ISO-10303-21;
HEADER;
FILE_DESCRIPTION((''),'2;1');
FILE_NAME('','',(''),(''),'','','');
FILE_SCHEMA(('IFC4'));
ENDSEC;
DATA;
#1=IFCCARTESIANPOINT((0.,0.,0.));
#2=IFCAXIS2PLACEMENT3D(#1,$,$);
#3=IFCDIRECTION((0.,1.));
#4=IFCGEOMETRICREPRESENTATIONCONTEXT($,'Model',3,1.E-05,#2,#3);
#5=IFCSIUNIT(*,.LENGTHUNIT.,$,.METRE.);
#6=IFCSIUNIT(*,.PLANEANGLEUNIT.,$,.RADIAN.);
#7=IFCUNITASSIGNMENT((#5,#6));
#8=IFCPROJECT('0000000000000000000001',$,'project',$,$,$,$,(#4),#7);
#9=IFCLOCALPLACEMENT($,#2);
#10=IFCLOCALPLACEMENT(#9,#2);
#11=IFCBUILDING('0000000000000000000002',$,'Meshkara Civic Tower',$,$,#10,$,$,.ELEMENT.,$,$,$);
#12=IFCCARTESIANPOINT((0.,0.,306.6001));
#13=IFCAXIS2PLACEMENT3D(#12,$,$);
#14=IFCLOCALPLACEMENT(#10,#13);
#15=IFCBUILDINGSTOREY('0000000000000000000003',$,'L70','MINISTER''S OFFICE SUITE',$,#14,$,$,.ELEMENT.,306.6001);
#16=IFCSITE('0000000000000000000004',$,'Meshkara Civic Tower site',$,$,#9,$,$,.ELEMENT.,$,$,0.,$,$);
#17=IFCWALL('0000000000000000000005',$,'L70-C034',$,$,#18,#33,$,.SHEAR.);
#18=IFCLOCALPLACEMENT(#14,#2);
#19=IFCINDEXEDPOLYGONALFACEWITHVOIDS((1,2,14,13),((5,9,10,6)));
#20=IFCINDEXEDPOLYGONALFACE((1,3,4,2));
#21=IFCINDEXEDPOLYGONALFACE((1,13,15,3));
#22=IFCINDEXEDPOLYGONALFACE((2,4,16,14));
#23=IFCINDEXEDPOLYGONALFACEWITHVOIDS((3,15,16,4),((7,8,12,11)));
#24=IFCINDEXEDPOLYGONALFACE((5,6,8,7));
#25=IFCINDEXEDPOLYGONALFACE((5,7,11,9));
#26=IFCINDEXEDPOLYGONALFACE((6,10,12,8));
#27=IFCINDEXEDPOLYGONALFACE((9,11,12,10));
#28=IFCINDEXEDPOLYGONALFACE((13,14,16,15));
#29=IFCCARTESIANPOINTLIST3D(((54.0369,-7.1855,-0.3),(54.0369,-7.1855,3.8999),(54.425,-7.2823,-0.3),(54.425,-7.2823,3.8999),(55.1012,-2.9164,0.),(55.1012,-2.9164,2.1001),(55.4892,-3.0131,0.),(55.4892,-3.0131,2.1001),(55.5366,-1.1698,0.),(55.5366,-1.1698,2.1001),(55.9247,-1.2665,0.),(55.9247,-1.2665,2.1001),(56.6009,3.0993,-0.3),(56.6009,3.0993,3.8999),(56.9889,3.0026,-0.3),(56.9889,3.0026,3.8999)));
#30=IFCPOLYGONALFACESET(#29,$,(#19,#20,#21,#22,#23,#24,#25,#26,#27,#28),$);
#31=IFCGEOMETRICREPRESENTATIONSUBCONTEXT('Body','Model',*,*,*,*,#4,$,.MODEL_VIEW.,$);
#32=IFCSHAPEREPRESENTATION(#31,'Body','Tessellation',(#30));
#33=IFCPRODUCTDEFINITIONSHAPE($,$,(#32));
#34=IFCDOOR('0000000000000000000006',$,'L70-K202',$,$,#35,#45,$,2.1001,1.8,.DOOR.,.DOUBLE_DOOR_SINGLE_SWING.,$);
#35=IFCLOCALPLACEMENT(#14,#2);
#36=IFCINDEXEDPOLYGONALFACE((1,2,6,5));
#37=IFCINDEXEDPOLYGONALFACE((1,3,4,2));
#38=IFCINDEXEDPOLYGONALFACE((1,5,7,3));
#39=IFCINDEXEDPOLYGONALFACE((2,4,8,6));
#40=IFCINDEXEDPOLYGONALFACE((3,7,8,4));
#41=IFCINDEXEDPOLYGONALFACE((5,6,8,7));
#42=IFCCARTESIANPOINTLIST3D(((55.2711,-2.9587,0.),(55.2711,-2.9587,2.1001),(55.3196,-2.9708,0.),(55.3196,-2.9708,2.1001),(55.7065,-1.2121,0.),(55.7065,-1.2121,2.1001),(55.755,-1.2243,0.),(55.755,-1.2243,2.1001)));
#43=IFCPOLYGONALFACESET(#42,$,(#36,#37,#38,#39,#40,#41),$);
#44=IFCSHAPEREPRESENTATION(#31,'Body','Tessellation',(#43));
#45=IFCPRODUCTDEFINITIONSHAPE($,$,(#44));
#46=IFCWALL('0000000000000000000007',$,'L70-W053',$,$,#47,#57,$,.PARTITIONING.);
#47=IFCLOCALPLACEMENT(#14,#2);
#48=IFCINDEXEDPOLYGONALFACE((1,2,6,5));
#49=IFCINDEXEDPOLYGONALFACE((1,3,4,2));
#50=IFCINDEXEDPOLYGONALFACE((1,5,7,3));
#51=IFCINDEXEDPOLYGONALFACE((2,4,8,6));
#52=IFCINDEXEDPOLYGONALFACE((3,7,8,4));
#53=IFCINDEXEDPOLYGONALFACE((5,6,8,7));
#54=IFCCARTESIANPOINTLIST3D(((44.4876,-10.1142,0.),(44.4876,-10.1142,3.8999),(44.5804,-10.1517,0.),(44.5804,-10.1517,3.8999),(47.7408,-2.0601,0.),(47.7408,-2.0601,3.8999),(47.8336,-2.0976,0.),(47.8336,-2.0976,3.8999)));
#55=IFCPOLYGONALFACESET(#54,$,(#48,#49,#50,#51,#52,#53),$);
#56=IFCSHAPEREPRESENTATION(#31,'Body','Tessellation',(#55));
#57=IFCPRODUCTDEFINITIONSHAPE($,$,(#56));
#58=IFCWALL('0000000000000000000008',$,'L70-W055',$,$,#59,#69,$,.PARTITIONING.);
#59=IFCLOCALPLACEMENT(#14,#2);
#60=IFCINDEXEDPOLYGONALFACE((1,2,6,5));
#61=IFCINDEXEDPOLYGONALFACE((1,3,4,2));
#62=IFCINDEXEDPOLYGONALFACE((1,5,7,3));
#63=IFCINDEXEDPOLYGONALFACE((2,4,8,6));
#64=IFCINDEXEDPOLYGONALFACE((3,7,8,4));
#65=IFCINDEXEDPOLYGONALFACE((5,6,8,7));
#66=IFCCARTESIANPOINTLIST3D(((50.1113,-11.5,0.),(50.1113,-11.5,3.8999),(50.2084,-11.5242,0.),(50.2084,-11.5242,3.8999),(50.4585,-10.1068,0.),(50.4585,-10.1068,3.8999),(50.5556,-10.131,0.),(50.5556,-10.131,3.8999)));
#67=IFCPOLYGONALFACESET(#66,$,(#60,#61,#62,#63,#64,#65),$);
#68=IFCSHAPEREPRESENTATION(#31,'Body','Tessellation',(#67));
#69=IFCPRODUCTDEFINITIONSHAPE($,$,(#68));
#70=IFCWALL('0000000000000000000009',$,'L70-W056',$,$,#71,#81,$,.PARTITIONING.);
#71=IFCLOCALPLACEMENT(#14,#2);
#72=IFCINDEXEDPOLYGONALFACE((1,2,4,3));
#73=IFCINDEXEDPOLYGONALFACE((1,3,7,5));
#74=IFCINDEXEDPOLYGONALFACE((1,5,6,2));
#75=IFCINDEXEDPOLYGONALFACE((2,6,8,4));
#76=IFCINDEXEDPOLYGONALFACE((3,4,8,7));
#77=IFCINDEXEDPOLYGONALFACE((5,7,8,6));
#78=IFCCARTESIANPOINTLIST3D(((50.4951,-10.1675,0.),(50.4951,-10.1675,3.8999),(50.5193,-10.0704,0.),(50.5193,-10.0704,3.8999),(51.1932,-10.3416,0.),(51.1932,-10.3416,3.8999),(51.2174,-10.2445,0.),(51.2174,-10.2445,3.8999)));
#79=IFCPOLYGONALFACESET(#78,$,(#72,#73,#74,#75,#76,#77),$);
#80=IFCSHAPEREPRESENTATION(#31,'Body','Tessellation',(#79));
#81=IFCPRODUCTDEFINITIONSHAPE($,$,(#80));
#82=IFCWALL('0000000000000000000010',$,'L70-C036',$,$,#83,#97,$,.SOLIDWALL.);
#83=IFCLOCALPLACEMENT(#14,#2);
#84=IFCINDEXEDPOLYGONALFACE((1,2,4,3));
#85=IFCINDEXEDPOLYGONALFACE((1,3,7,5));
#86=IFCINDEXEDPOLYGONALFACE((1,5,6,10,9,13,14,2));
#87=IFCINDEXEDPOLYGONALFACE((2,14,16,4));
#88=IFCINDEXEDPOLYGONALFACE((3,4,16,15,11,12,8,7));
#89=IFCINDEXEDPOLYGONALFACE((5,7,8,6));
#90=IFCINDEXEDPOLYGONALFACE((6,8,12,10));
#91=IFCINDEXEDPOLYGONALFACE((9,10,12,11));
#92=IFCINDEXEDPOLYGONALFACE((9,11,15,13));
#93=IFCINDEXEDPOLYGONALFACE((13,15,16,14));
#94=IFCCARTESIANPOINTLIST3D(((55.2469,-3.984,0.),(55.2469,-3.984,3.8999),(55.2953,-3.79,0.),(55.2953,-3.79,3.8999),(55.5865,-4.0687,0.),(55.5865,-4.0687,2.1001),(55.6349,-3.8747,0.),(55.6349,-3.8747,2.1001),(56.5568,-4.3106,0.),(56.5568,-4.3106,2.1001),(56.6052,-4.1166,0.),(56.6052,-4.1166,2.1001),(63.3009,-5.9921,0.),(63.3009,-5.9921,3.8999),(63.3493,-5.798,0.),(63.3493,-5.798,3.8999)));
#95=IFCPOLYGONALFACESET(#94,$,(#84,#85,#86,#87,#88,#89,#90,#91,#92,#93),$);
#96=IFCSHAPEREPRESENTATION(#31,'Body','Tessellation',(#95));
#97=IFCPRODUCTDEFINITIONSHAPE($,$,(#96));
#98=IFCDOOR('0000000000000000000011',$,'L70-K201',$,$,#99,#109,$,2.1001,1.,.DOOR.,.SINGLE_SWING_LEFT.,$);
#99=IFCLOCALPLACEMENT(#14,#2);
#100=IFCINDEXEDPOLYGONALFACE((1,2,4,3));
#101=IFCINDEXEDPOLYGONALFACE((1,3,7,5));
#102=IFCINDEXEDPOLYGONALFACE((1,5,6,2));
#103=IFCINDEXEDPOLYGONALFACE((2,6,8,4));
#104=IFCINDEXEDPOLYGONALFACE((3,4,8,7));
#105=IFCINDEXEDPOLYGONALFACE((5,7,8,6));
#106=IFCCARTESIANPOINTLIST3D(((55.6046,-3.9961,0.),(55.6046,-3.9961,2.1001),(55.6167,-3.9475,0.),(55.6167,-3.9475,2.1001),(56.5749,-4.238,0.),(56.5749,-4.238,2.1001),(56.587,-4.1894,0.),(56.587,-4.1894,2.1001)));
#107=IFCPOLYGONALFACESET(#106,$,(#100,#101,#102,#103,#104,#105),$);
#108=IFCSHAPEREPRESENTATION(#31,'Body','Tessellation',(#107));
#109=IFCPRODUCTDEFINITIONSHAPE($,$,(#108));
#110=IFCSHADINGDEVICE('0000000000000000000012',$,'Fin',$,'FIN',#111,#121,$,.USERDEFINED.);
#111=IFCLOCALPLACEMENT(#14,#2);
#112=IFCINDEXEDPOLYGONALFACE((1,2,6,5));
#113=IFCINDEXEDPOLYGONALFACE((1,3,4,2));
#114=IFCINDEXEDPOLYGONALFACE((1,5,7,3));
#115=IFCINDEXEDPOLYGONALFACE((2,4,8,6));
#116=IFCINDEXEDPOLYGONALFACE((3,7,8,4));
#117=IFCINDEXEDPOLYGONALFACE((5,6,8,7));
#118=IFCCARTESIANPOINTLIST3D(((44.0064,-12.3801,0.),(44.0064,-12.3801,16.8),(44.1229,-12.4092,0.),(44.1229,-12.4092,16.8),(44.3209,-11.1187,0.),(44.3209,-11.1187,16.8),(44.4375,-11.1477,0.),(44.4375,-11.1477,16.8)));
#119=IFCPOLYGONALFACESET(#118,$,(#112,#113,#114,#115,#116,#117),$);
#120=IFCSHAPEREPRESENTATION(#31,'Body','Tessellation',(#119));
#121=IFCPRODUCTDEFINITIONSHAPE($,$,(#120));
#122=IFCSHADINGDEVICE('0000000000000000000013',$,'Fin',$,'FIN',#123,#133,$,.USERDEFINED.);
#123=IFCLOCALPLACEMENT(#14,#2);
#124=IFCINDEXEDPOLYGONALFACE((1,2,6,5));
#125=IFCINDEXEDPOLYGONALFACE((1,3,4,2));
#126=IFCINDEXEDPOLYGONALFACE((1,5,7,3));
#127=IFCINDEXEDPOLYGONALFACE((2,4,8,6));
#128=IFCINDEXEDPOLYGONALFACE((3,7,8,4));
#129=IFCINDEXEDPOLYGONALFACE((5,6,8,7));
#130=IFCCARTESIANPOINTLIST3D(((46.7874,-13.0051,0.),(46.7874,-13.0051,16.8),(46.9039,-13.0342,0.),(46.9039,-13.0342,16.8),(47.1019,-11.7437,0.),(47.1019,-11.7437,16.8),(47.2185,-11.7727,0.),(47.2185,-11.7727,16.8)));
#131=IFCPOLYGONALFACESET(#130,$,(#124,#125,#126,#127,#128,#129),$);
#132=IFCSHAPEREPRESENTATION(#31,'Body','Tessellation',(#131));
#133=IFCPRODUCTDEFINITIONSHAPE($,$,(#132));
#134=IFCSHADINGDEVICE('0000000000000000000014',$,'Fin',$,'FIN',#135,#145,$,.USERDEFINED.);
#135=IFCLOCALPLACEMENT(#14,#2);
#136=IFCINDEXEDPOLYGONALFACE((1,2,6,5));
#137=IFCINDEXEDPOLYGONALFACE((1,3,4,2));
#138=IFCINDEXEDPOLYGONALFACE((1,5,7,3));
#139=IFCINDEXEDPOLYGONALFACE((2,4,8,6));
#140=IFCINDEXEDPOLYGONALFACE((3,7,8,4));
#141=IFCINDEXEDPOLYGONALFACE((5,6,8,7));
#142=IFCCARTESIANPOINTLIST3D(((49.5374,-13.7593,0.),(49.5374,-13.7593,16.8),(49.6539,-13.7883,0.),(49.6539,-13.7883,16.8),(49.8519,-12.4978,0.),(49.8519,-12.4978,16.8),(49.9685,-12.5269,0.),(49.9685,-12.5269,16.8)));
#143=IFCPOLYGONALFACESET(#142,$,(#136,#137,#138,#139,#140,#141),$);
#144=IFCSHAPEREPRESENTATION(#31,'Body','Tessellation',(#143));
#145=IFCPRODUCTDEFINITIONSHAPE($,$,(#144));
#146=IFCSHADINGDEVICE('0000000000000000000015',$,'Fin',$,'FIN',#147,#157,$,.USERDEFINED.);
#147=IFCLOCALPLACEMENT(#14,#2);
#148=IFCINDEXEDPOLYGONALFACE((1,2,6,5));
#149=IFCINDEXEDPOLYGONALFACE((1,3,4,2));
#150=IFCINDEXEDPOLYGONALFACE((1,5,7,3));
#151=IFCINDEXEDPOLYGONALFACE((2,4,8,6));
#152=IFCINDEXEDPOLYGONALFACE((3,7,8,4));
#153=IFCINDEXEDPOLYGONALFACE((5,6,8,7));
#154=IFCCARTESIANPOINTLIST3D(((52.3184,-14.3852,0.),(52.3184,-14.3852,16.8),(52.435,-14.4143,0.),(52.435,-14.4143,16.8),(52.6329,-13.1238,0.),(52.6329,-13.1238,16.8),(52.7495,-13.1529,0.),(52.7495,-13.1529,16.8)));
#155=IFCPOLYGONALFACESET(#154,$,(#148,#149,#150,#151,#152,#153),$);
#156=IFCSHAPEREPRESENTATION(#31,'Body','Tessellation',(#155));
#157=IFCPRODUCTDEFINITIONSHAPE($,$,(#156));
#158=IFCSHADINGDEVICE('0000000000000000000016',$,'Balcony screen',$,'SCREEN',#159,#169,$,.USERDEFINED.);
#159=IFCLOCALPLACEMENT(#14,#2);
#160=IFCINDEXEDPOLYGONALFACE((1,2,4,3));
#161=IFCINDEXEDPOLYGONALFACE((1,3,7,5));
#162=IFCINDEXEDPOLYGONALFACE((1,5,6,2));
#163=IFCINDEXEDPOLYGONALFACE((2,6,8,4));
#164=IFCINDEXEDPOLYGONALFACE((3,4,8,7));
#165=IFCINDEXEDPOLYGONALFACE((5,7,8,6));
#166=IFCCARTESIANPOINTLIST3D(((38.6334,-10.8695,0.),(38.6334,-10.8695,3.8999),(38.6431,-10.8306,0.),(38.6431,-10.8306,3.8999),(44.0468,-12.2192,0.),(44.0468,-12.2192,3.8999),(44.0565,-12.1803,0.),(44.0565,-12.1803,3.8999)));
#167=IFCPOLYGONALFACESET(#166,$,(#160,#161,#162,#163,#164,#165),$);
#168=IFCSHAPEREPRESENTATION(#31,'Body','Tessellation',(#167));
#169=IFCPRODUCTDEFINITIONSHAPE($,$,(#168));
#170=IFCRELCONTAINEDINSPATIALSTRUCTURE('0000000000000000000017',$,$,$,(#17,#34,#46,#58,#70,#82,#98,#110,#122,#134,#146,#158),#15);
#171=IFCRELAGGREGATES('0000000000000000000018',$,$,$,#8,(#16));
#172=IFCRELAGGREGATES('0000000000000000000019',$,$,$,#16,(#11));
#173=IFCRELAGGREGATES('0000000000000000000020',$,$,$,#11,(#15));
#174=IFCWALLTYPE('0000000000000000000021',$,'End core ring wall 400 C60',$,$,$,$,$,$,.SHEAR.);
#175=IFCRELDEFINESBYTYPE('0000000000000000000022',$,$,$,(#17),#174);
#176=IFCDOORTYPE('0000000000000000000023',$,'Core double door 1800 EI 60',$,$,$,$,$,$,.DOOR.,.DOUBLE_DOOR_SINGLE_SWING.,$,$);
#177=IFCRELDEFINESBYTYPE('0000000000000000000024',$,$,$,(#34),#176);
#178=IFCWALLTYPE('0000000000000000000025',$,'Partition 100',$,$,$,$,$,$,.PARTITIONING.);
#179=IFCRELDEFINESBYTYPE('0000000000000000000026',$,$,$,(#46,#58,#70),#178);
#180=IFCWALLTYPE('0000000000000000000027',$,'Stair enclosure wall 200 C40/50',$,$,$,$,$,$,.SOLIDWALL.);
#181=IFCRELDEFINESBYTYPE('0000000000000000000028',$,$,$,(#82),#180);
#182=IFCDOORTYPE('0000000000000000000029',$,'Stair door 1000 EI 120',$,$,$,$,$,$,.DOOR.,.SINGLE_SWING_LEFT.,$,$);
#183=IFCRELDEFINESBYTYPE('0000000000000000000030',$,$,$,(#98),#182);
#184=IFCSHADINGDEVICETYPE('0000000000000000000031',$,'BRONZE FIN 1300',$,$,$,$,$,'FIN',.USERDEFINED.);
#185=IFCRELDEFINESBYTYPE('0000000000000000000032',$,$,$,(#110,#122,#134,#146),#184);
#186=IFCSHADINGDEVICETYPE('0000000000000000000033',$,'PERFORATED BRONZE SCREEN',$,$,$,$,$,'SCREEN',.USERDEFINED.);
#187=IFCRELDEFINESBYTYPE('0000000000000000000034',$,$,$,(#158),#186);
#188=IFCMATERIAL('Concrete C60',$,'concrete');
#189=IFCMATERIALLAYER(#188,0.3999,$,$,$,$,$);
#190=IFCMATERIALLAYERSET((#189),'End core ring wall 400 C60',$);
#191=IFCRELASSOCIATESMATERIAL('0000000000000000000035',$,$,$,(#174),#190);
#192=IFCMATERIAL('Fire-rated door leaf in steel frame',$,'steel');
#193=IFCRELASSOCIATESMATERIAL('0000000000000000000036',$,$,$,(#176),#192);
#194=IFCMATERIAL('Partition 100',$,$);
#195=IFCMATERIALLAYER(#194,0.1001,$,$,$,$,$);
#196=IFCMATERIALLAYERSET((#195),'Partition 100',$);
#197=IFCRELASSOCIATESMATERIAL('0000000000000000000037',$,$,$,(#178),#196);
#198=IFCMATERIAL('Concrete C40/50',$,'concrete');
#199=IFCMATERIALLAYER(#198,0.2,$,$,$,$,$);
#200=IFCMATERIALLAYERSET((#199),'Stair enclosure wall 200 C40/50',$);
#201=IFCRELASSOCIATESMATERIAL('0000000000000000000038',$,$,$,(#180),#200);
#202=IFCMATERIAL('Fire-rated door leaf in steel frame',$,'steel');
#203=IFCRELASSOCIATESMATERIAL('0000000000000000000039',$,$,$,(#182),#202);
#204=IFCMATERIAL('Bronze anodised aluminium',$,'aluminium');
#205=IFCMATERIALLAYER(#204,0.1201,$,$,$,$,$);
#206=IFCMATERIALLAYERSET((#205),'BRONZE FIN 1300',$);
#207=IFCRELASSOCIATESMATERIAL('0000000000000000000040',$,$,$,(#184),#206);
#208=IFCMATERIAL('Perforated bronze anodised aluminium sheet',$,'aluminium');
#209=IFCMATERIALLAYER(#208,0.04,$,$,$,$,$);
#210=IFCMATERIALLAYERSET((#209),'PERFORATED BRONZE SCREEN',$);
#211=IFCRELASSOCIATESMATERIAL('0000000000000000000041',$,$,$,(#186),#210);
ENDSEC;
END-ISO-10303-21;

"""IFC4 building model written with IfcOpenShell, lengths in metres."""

from ifc_helpers import new_model, si_unit, direction, frame, frame_2d, origin, origin_2d, place, context, subcontext, project, spatial, rectangle, extrude, material, layer, layer_set, type_object, element, fill, save


model = new_model("IFC4")

# Units and contexts
model_context = context("Model", 3, precision=1e-05, world=origin(), true_north=direction((0.0, 1.0)))
body_context = subcontext(model_context, "Body", "Model", "MODEL_VIEW")
ifc_project = project(units=[si_unit("LENGTHUNIT", "METRE"), si_unit("PLANEANGLEUNIT", "RADIAN")], contexts=[model_context])

# Site, building, storey
site_placement = place(None, origin())
site = spatial("IfcSite", under=ifc_project, at=site_placement, Name="Meshkara Civic Tower site", CompositionType="ELEMENT", RefElevation=0.0)
building_placement = place(site_placement, origin())
building = spatial("IfcBuilding", under=site, at=building_placement, Name="Meshkara Civic Tower", CompositionType="ELEMENT")
storey_placement = place(building_placement, frame((0.0, 0.0, 306.6001)))
storey = spatial("IfcBuildingStorey", under=building, at=storey_placement, Name="L70", Description="MINISTER'S OFFICE SUITE", CompositionType="ELEMENT", Elevation=306.6001)

# Shared definitions
ifc_material_1 = material(Name="Concrete C60", Category="concrete")
ifc_layer_1 = layer(ifc_material_1, 0.3999)
ifc_layer_set_1 = layer_set([ifc_layer_1], Name="End core ring wall 400 C60")
wall_type_1 = type_object("IfcWallType", Name="End core ring wall 400 C60", PredefinedType="SHEAR", material=ifc_layer_set_1)

# Wall, opening, door
wall_1_placement = place(storey_placement, frame((54.231, -7.2339, -0.3), z_axis=(0.0, 0.0, 1.0), x_axis=(0.241891, 0.970304, 0.0)))
wall_1 = element("IfcWall", 1, at=wall_1_placement, inside=storey, type_object=wall_type_1, Name="L70-C034", PredefinedType="SHEAR", context=body_context, shape_type="SweptSolid", body=[
    extrude(rectangle(XDim=10.5996, YDim=0.3999, at=frame_2d((5.2998, 0.0))), origin(), (0.0, 0.0, 1.0), 4.2),
])
opening_1_placement = place(wall_1_placement, frame((4.3999, 0.0, 0.3)))
opening_1 = element("IfcOpeningElement", 2, at=opening_1_placement, cuts=wall_1, PredefinedType="OPENING", context=body_context, shape_type="SweptSolid", body=[
    extrude(rectangle(XDim=1.8, YDim=2.1001, at=frame_2d((0.8999, 1.05))), frame((0.0, 0.21, 0.0), z_axis=(0.0, -1.0, 0.0), x_axis=(1.0, 0.0, 0.0)), (0.0, 0.0, 1.0), 0.4199),
])
ifc_material_2 = material(Name="Fire-rated door leaf in steel frame", Category="steel")
door_type_1 = type_object("IfcDoorType", Name="Core double door 1800 EI 60", OperationType="DOUBLE_DOOR_SINGLE_SWING", PredefinedType="DOOR", material=ifc_material_2)
door_1_placement = place(opening_1_placement, origin())
door_1 = element("IfcDoor", 3, at=door_1_placement, inside=storey, type_object=door_type_1, Name="L70-K202", OperationType="DOUBLE_DOOR_SINGLE_SWING", OverallHeight=2.1001, OverallWidth=1.8, PredefinedType="DOOR", context=body_context, shape_type="SweptSolid", body=[
    extrude(rectangle(XDim=1.8, YDim=2.1001, at=frame_2d((0.8999, 1.05))), frame((0.0, 0.0249, 0.0), z_axis=(0.0, -1.0, 0.0), x_axis=(1.0, 0.0, 0.0)), (0.0, 0.0, 1.0), 0.05),
])
fill(opening_1, door_1)

# Walls
ifc_material_3 = material(Name="Partition 100")
ifc_layer_2 = layer(ifc_material_3, 0.1001)
ifc_layer_set_2 = layer_set([ifc_layer_2], Name="Partition 100")
wall_type_2 = type_object("IfcWallType", Name="Partition 100", PredefinedType="PARTITIONING", material=ifc_layer_set_2)
wall_2_placement = place(storey_placement, frame((44.5339, -10.1331, 0.0), z_axis=(0.0, 0.0, 1.0), x_axis=(0.374524, 0.927217, 0.0)))
element("IfcWall", 4, at=wall_2_placement, inside=storey, type_object=wall_type_2, Name="L70-W053", PredefinedType="PARTITIONING", context=body_context, shape_type="SweptSolid", body=[
    extrude(rectangle(XDim=8.6863, YDim=0.1001, at=frame_2d((4.3433, 0.0))), origin(), (0.0, 0.0, 1.0), 3.8999),
])
wall_3_placement = place(storey_placement, frame((50.1599, -11.512, 0.0), z_axis=(0.0, 0.0, 1.0), x_axis=(0.241815, 0.970322, 0.0)))
element("IfcWall", 5, at=wall_3_placement, inside=storey, type_object=wall_type_2, Name="L70-W055", PredefinedType="PARTITIONING", context=body_context, shape_type="SweptSolid", body=[
    extrude(rectangle(XDim=1.4358, YDim=0.1001, at=frame_2d((0.7178, 0.0))), origin(), (0.0, 0.0, 1.0), 3.8999),
])
wall_4_placement = place(storey_placement, frame((50.5071, -10.1189, 0.0), z_axis=(0.0, 0.0, 1.0), x_axis=(0.970282, -0.241977, 0.0)))
element("IfcWall", 6, at=wall_4_placement, inside=storey, type_object=wall_type_2, Name="L70-W056", PredefinedType="PARTITIONING", context=body_context, shape_type="SweptSolid", body=[
    extrude(rectangle(XDim=0.7195, YDim=0.1001, at=frame_2d((0.3599, 0.0))), origin(), (0.0, 0.0, 1.0), 3.8999),
])

# Wall, opening, door
ifc_material_4 = material(Name="Concrete C40/50", Category="concrete")
ifc_layer_3 = layer(ifc_material_4, 0.2)
ifc_layer_set_3 = layer_set([ifc_layer_3], Name="Stair enclosure wall 200 C40/50")
wall_type_3 = type_object("IfcWallType", Name="Stair enclosure wall 200 C40/50", PredefinedType="SOLIDWALL", material=ifc_layer_set_3)
wall_5_placement = place(storey_placement, frame((55.271, -3.887, 0.0), z_axis=(0.0, 0.0, 1.0), x_axis=(0.970296, -0.24192, 0.0)))
wall_5 = element("IfcWall", 7, at=wall_5_placement, inside=storey, type_object=wall_type_3, Name="L70-C036", PredefinedType="SOLIDWALL", context=body_context, shape_type="SweptSolid", body=[
    extrude(rectangle(XDim=8.3005, YDim=0.2, at=frame_2d((4.1504, 0.0))), origin(), (0.0, 0.0, 1.0), 3.8999),
])
opening_2_placement = place(wall_5_placement, frame((0.3501, 0.0, 0.0)))
opening_2 = element("IfcOpeningElement", 8, at=opening_2_placement, cuts=wall_5, PredefinedType="OPENING", context=body_context, shape_type="SweptSolid", body=[
    extrude(rectangle(XDim=1.0, YDim=2.1001, at=frame_2d((0.5, 1.05))), frame((0.0, 0.1099, 0.0), z_axis=(0.0, -1.0, 0.0), x_axis=(1.0, 0.0, 0.0)), (0.0, 0.0, 1.0), 0.22),
])
ifc_material_5 = material(Name="Fire-rated door leaf in steel frame", Category="steel")
door_type_2 = type_object("IfcDoorType", Name="Stair door 1000 EI 120", OperationType="SINGLE_SWING_LEFT", PredefinedType="DOOR", material=ifc_material_5)
door_2_placement = place(opening_2_placement, origin())
door_2 = element("IfcDoor", 9, at=door_2_placement, inside=storey, type_object=door_type_2, Name="L70-K201", OperationType="SINGLE_SWING_LEFT", OverallHeight=2.1001, OverallWidth=1.0, PredefinedType="DOOR", context=body_context, shape_type="SweptSolid", body=[
    extrude(rectangle(XDim=1.0, YDim=2.1001, at=frame_2d((0.5, 1.05))), frame((0.0, 0.0249, 0.0), z_axis=(0.0, -1.0, 0.0), x_axis=(1.0, 0.0, 0.0)), (0.0, 0.0, 1.0), 0.05),
])
fill(opening_2, door_2)

# Shading devices
ifc_material_6 = material(Name="Bronze anodised aluminium", Category="aluminium")
ifc_layer_4 = layer(ifc_material_6, 0.1201)
ifc_layer_set_4 = layer_set([ifc_layer_4], Name="BRONZE FIN 1300")
shading_device_type_1 = type_object("IfcShadingDeviceType", Name="BRONZE FIN 1300", ElementType="FIN", PredefinedType="USERDEFINED", material=ifc_layer_set_4)
for number, where, z_axis, x_axis, name in (
    (10, (44.2219, -11.7639, 0.0), (0.0, 0.0, 1.0), (0.970296, -0.241922, 0.0), "Fin"),
    (11, (47.0029, -12.3889, 0.0), (0.0, 0.0, 1.0), (0.970296, -0.241922, 0.0), "Fin"),
    (12, (49.7529, -13.1431, 0.0), (0.0, 0.0, 1.0), (0.970296, -0.241922, 0.0), "Fin"),
    (13, (52.5339, -13.769, 0.0), (0.0, 0.0, 1.0), (0.970296, -0.241922, 0.0), "Fin"),
):
    element("IfcShadingDevice", number, at=place(storey_placement, frame(where, z_axis=z_axis, x_axis=x_axis)), inside=storey, type_object=shading_device_type_1, Name=name, ObjectType="FIN", PredefinedType="USERDEFINED", context=body_context, shape_type="SweptSolid", body=[
        extrude(rectangle(XDim=0.1201, YDim=1.3, at=origin_2d()), origin(), (0.0, 0.0, 1.0), 16.8),
    ])
ifc_material_7 = material(Name="Perforated bronze anodised aluminium sheet", Category="aluminium")
ifc_layer_5 = layer(ifc_material_7, 0.04)
ifc_layer_set_5 = layer_set([ifc_layer_5], Name="PERFORATED BRONZE SCREEN")
shading_device_type_2 = type_object("IfcShadingDeviceType", Name="PERFORATED BRONZE SCREEN", ElementType="SCREEN", PredefinedType="USERDEFINED", material=ifc_layer_set_5)
shading_device_placement = place(storey_placement, frame((41.345, -11.5249, 0.0), z_axis=(0.0, 0.0, 1.0), x_axis=(0.970296, -0.241922, 0.0)))
element("IfcShadingDevice", 14, at=shading_device_placement, inside=storey, type_object=shading_device_type_2, Name="Balcony screen", ObjectType="SCREEN", PredefinedType="USERDEFINED", context=body_context, shape_type="SweptSolid", body=[
    extrude(rectangle(XDim=5.5791, YDim=0.04, at=origin_2d()), origin(), (0.0, 0.0, 1.0), 3.8999),
])

save(model, "model.ifc")
